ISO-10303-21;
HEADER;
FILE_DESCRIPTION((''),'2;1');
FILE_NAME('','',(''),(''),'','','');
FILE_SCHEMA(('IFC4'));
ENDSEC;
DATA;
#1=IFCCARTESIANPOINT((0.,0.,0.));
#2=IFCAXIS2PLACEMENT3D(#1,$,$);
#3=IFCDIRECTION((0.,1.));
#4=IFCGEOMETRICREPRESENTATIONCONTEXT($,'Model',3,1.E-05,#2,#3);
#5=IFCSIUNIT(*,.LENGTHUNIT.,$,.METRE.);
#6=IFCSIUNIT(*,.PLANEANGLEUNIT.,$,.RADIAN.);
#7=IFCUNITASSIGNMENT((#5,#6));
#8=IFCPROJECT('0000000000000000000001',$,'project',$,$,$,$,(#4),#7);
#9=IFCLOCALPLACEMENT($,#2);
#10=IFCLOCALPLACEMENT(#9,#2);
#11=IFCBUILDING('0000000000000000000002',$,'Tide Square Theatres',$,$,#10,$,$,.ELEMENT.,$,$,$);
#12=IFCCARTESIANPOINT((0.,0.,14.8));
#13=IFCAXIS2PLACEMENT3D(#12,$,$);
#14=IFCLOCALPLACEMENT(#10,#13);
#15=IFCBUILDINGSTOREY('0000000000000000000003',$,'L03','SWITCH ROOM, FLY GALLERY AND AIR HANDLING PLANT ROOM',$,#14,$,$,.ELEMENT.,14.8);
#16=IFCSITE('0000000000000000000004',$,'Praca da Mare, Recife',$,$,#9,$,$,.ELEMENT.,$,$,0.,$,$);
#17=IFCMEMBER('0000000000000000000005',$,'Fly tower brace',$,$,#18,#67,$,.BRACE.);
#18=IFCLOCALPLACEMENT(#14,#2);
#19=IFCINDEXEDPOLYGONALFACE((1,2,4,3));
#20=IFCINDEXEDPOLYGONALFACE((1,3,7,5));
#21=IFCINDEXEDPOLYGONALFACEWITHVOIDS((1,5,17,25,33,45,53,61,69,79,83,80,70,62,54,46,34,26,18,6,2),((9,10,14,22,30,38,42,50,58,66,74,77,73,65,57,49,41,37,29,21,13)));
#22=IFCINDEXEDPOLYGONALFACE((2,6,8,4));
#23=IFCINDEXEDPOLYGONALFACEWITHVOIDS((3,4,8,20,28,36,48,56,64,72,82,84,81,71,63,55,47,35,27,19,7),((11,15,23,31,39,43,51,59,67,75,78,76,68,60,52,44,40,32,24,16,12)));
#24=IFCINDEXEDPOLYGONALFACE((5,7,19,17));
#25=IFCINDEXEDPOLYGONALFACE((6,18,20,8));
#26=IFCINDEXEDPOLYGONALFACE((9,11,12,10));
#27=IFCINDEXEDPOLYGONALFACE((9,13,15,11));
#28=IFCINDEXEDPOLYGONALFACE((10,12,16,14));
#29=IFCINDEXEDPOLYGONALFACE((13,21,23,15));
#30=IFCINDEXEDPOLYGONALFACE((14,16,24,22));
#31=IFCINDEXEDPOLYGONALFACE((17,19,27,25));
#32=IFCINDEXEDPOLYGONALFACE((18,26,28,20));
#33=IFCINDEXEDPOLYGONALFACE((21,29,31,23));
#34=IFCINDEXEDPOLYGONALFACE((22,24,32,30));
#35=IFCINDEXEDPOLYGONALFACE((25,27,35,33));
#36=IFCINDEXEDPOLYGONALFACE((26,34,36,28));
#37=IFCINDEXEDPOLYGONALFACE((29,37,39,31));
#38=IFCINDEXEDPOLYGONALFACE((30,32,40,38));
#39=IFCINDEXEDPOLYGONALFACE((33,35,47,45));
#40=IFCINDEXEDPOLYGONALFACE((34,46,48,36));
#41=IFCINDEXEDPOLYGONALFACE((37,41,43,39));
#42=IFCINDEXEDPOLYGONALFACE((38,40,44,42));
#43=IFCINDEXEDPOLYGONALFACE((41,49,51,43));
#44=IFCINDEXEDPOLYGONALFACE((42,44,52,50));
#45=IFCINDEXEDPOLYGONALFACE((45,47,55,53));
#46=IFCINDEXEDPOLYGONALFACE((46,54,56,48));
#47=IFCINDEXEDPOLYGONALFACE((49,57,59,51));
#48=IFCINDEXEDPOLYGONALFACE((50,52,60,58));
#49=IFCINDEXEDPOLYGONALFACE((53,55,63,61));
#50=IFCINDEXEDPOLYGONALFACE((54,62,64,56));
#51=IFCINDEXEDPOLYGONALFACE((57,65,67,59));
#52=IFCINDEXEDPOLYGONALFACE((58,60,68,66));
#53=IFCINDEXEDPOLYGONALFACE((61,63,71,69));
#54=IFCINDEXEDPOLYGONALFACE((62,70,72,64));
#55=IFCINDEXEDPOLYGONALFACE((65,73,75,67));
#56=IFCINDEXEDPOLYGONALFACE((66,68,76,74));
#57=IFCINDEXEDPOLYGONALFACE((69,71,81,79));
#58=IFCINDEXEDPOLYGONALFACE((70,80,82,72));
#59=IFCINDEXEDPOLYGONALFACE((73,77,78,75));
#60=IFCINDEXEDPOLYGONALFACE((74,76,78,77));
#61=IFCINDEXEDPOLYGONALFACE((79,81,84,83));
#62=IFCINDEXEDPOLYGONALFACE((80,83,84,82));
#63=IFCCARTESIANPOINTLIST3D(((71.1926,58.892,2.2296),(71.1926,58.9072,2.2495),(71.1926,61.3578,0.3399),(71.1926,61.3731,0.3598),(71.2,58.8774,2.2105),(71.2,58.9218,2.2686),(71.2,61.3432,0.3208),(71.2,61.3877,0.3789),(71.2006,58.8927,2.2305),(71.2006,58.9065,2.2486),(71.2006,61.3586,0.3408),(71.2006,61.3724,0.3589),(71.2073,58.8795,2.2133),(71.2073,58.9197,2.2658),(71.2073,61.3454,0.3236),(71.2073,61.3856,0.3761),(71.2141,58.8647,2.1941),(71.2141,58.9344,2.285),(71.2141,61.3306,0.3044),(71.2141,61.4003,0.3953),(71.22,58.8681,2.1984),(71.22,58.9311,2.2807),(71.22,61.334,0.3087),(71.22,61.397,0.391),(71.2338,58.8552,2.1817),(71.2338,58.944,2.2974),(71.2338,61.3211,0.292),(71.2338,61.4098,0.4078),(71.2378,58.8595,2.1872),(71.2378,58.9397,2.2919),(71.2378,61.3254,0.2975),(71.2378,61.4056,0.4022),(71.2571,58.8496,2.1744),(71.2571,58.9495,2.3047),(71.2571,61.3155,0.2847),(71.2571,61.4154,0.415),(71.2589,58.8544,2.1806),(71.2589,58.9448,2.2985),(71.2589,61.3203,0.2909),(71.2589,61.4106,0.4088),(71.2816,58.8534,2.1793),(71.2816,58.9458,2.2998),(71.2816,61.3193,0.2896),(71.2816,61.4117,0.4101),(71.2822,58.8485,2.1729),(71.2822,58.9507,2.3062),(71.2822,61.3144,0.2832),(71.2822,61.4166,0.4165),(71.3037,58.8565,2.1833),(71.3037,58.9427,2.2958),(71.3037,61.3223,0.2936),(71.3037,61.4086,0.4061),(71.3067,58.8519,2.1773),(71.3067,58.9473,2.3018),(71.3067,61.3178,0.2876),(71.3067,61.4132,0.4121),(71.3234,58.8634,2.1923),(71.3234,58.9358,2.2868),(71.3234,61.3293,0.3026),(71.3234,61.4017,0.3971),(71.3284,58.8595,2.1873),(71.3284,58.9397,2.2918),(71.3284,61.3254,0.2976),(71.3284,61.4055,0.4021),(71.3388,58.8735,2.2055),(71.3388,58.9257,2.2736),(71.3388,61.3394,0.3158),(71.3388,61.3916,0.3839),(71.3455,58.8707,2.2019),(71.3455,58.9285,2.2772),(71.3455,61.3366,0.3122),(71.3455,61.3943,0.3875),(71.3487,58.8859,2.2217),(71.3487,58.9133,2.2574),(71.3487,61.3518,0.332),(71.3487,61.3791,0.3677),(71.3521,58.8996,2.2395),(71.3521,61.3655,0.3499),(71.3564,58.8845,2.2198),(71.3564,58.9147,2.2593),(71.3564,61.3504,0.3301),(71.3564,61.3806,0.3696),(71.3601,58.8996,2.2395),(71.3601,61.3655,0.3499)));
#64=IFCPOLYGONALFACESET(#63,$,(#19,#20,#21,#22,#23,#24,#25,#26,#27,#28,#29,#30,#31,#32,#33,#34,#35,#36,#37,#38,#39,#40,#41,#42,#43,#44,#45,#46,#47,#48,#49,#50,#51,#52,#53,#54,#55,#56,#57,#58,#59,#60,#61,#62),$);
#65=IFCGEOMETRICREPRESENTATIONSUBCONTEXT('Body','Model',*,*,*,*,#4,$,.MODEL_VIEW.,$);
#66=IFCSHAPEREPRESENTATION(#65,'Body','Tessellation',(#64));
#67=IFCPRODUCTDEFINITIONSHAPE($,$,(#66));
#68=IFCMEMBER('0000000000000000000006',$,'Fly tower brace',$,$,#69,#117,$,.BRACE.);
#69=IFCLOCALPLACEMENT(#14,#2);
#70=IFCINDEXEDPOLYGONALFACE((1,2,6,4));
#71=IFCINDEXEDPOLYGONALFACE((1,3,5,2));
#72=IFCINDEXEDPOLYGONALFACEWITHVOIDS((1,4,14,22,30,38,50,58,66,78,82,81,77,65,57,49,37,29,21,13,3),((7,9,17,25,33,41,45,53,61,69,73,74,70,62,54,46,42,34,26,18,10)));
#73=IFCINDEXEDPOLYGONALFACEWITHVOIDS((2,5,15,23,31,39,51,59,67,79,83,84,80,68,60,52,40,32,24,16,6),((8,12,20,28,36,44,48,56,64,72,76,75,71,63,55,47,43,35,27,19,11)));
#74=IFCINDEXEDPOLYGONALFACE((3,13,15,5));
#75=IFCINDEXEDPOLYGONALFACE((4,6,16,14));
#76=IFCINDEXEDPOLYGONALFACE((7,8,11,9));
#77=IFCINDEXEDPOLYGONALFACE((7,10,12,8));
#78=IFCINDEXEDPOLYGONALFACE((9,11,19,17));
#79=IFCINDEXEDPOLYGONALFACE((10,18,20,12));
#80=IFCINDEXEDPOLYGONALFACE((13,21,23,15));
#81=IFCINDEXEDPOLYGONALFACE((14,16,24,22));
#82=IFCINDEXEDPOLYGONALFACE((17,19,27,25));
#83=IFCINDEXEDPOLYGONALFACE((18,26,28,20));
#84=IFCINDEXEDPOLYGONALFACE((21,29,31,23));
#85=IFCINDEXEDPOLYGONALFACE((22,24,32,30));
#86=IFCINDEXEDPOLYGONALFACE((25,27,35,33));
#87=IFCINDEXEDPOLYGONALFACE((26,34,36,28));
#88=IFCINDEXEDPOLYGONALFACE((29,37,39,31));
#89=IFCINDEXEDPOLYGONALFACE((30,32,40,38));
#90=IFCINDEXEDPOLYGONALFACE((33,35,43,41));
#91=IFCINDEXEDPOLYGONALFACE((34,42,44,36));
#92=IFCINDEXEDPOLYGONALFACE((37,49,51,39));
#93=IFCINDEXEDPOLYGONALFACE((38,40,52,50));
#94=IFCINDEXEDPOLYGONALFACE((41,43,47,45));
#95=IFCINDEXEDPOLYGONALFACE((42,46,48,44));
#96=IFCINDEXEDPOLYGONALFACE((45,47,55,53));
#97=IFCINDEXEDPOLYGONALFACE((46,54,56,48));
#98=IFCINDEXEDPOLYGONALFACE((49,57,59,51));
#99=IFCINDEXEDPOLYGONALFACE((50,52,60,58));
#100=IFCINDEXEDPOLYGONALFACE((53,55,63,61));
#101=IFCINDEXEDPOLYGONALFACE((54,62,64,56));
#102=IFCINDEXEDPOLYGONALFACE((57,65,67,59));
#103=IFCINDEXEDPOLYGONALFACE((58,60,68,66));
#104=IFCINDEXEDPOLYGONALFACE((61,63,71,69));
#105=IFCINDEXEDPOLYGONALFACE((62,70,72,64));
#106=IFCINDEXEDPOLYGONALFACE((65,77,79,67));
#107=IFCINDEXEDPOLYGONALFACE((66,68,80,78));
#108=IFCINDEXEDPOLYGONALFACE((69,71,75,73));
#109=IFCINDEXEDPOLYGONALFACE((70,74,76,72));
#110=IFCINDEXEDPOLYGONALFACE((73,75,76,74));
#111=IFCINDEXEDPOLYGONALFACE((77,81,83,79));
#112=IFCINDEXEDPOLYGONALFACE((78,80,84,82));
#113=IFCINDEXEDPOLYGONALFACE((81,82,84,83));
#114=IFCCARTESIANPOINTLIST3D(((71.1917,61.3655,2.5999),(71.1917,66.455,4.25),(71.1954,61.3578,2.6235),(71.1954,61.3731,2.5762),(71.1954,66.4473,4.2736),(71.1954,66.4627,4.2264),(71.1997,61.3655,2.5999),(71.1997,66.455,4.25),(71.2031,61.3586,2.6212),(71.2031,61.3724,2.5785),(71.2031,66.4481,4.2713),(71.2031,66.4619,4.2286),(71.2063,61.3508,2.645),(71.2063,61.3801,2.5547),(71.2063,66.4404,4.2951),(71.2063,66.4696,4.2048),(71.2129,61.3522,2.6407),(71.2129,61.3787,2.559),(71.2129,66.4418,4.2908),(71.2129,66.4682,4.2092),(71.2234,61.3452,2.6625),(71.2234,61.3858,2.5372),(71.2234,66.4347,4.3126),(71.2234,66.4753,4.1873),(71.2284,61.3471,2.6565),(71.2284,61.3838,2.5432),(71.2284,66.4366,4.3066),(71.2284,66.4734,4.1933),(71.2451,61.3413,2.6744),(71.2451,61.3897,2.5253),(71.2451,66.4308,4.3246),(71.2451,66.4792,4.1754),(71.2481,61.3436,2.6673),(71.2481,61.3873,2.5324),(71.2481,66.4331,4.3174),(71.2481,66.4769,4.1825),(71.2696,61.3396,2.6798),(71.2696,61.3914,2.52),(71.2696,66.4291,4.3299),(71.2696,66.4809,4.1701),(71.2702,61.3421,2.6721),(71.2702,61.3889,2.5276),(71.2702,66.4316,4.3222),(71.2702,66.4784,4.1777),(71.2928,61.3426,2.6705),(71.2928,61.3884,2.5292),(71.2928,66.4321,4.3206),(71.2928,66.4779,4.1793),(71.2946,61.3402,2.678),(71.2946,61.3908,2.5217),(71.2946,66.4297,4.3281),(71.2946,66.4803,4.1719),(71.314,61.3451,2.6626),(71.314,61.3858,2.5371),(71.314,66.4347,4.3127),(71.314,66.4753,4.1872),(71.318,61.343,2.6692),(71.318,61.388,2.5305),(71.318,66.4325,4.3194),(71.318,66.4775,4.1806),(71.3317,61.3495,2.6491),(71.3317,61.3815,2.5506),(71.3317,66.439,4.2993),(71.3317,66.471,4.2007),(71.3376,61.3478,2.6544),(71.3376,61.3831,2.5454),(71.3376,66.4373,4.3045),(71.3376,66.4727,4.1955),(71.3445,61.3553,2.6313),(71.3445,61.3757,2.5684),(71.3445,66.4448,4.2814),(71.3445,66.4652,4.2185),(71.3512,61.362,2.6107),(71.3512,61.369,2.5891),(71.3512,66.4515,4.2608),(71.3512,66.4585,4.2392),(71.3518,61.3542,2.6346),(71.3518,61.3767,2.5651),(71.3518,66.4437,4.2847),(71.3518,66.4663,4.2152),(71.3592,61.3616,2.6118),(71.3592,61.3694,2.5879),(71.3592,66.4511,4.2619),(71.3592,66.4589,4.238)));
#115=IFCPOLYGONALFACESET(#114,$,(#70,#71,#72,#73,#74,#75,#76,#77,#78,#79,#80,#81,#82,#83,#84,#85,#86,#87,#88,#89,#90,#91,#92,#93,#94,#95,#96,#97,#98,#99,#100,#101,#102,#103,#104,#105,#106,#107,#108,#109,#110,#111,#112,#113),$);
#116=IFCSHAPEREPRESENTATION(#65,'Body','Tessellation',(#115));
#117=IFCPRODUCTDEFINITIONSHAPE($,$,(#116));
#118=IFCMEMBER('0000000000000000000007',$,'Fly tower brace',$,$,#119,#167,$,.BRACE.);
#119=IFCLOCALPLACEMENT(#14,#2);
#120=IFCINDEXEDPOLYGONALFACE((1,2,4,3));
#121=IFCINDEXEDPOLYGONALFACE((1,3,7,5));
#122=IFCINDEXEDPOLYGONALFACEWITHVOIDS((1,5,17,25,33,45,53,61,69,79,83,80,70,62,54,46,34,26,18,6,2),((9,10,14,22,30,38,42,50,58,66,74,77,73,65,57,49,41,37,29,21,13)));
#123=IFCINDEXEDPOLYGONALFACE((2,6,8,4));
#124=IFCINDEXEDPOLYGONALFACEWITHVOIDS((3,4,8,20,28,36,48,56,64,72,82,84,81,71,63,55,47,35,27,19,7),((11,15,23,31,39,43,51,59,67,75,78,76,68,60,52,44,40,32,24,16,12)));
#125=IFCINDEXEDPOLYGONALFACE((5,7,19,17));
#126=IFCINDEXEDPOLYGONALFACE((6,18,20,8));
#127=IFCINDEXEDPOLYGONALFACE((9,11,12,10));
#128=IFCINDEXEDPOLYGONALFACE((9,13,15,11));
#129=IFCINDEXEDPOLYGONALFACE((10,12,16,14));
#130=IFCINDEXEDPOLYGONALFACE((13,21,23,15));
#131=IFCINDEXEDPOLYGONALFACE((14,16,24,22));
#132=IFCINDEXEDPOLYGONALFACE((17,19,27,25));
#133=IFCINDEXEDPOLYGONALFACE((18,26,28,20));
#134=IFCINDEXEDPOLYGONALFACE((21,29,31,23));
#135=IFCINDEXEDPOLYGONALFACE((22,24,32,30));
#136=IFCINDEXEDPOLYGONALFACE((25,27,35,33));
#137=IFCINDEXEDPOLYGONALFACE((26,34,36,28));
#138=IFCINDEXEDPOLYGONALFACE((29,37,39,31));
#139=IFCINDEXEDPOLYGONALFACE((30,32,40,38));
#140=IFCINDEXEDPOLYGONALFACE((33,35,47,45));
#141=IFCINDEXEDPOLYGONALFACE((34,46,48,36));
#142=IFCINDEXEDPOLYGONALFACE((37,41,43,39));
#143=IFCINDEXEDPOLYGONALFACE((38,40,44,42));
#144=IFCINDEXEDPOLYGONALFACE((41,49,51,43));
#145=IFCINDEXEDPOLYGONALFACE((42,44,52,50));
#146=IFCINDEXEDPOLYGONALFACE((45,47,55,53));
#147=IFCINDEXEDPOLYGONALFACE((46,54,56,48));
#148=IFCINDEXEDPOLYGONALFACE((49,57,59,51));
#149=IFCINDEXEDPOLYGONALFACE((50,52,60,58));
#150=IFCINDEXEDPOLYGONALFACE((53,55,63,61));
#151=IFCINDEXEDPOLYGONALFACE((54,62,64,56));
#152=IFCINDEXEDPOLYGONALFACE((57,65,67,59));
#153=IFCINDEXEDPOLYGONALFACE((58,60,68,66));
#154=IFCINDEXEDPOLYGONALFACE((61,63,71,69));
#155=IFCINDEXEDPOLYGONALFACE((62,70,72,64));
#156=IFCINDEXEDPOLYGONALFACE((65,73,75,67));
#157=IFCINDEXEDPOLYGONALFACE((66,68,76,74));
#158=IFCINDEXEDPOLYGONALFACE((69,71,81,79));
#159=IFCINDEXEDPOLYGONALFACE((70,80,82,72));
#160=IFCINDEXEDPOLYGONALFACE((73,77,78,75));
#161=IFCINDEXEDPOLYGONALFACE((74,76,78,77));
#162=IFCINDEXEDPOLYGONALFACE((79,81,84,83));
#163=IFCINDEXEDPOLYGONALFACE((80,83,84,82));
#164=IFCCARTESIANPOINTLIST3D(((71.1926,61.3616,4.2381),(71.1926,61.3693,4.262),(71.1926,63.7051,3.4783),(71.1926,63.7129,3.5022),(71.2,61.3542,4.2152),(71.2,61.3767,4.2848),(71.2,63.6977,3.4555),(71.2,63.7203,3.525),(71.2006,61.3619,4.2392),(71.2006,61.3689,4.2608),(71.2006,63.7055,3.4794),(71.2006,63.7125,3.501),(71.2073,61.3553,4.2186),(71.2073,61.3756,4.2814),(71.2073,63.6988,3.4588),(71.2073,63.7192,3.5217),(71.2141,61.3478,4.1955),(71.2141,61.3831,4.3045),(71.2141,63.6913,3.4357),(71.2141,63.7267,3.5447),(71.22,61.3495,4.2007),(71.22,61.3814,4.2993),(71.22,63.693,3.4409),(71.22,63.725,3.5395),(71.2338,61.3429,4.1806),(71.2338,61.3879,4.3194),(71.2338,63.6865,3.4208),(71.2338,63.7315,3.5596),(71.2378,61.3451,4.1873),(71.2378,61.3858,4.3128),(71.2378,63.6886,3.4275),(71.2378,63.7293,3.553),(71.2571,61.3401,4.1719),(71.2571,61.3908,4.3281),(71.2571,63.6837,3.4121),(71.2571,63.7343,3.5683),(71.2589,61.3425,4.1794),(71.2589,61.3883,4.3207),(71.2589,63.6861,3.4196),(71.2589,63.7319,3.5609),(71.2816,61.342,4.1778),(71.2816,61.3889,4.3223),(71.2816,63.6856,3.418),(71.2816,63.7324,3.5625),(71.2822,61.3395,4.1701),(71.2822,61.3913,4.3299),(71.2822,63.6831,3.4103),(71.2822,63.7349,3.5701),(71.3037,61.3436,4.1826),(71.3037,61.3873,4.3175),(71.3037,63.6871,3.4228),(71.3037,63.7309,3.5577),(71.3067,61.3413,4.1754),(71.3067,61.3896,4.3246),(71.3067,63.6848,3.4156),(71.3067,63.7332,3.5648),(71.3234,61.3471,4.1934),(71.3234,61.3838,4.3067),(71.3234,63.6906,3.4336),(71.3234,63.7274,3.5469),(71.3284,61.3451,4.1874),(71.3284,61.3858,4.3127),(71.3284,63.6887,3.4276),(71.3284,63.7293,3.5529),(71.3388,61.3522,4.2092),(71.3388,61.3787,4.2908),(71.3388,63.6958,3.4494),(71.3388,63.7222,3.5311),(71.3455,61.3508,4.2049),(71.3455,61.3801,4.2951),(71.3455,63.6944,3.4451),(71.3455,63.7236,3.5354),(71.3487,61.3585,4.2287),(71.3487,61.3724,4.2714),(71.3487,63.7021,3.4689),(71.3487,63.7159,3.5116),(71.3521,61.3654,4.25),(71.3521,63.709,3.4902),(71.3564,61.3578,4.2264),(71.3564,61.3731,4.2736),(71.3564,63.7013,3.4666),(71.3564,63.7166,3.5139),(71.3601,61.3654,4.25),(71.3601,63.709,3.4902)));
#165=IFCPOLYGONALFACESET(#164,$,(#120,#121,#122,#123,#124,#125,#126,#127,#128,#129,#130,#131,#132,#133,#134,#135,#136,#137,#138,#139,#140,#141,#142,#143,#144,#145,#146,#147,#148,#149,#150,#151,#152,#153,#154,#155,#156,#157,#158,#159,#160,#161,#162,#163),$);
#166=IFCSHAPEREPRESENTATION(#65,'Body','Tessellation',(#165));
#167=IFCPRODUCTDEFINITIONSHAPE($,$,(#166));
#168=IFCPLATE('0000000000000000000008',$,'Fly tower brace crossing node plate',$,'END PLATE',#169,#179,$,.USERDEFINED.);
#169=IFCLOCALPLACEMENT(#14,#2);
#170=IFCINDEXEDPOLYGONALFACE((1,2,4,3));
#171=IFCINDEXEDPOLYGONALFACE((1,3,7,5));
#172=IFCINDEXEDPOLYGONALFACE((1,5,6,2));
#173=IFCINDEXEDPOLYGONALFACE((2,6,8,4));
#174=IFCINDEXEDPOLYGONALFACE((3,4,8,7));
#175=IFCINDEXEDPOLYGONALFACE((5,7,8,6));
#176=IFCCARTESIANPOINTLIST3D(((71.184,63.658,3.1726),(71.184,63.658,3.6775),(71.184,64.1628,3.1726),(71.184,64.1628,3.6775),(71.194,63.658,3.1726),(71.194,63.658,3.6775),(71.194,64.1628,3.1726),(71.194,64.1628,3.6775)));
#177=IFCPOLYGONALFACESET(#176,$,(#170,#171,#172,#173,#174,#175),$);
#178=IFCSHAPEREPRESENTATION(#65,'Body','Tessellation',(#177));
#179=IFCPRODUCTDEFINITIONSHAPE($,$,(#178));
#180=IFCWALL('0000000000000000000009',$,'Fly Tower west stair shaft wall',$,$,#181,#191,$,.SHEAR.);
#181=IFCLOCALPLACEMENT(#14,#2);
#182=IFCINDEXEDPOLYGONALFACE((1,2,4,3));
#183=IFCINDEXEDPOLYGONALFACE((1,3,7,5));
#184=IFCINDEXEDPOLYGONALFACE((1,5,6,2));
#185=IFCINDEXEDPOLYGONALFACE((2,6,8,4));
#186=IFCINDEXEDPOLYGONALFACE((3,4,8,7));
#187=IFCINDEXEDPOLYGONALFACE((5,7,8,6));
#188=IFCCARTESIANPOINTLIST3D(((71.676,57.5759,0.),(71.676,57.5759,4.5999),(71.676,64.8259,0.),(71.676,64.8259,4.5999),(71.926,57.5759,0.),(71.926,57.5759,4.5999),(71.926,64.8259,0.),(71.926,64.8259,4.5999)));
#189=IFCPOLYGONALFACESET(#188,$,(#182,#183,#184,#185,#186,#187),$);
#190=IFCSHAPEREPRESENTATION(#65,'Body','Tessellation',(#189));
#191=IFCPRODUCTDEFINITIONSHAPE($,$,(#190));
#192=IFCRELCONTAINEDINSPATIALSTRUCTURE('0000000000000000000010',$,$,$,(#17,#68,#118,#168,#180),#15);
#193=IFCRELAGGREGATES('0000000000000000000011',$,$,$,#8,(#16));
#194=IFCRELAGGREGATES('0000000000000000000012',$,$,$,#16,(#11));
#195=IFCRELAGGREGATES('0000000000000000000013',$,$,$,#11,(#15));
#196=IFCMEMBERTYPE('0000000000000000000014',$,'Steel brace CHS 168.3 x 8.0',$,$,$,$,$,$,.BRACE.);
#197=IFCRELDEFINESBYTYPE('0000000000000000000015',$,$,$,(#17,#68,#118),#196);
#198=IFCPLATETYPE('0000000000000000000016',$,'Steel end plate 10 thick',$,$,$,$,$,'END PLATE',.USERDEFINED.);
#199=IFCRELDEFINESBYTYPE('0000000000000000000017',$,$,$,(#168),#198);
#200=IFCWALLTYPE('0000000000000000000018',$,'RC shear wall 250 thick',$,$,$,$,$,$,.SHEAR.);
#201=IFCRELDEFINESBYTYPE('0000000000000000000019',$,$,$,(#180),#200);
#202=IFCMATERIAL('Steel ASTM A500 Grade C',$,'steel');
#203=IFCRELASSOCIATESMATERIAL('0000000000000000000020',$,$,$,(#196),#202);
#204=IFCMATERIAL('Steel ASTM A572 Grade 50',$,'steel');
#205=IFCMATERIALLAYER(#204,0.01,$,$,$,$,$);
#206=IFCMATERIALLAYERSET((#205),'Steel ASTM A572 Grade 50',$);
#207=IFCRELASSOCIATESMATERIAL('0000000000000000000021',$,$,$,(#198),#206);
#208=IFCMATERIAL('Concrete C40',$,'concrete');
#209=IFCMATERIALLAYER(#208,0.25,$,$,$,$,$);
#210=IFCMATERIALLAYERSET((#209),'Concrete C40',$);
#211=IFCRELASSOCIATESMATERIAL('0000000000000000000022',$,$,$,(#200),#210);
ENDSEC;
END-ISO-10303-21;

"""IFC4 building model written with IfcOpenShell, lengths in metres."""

from ifc_helpers import new_model, si_unit, direction, frame, frame_2d, origin, origin_2d, place, context, subcontext, project, spatial, rectangle, hollow_circle, extrude, material, layer, layer_set, material_profile, profile_set, type_object, element, save


model = new_model("IFC4")

# Units and contexts
model_context = context("Model", 3, precision=1e-05, world=origin(), true_north=direction((0.0, 1.0)))
body_context = subcontext(model_context, "Body", "Model", "MODEL_VIEW")
ifc_project = project(units=[si_unit("LENGTHUNIT", "METRE"), si_unit("PLANEANGLEUNIT", "RADIAN")], contexts=[model_context])

# Site, building, storey
site_placement = place(None, origin())
site = spatial("IfcSite", under=ifc_project, at=site_placement, Name="Praca da Mare, Recife", CompositionType="ELEMENT", RefElevation=0.0)
building_placement = place(site_placement, origin())
building = spatial("IfcBuilding", under=site, at=building_placement, Name="Tide Square Theatres", CompositionType="ELEMENT")
storey_placement = place(building_placement, frame((0.0, 0.0, 14.8)))
storey = spatial("IfcBuildingStorey", under=building, at=storey_placement, Name="L03", Description="SWITCH ROOM, FLY GALLERY AND AIR HANDLING PLANT ROOM", CompositionType="ELEMENT", Elevation=14.8)

# Members
ifc_material_1 = material(Name="Steel ASTM A500 Grade C", Category="steel")
ifc_material_profile_1 = material_profile(ifc_material_1, hollow_circle(Radius=0.0842, WallThickness=0.0081, at=origin_2d()))
ifc_profile_set_1 = profile_set([ifc_material_profile_1], Name="Steel ASTM A500 Grade C")
member_type = type_object("IfcMemberType", Name="Steel brace CHS 168.3 x 8.0", PredefinedType="BRACE", material=ifc_profile_set_1)
member_1_placement = place(storey_placement, frame((71.2759, 61.3655, 0.3499), z_axis=(0.0, -0.793733, 0.608267), x_axis=(1.0, 0.0, 0.0)))
element("IfcMember", 1, at=member_1_placement, inside=storey, type_object=member_type, Name="Fly tower brace", PredefinedType="BRACE", context=body_context, shape_type="SweptSolid", body=[
    extrude(hollow_circle(Radius=0.0842, WallThickness=0.0081, at=origin_2d()), origin(), (0.0, 0.0, 1.0), 3.1067),
])
member_2_placement = place(storey_placement, frame((71.2759, 61.3655, 2.5999), z_axis=(0.0, 0.951252, 0.308414), x_axis=(-1.0, 0.0, 0.0)))
element("IfcMember", 2, at=member_2_placement, inside=storey, type_object=member_type, Name="Fly tower brace", PredefinedType="BRACE", context=body_context, shape_type="SweptSolid", body=[
    extrude(hollow_circle(Radius=0.0842, WallThickness=0.0081, at=origin_2d()), origin(), (0.0, 0.0, 1.0), 5.3503),
])
member_3_placement = place(storey_placement, frame((71.2759, 63.709, 3.4902), z_axis=(0.0, -0.951257, 0.308398), x_axis=(1.0, 0.0, 0.0)))
element("IfcMember", 3, at=member_3_placement, inside=storey, type_object=member_type, Name="Fly tower brace", PredefinedType="BRACE", context=body_context, shape_type="SweptSolid", body=[
    extrude(hollow_circle(Radius=0.0842, WallThickness=0.0081, at=origin_2d()), origin(), (0.0, 0.0, 1.0), 2.4636),
])

# Plate
ifc_material_2 = material(Name="Steel ASTM A572 Grade 50", Category="steel")
ifc_layer_1 = layer(ifc_material_2, 0.01)
ifc_layer_set_1 = layer_set([ifc_layer_1], Name="Steel ASTM A572 Grade 50")
plate_type = type_object("IfcPlateType", Name="Steel end plate 10 thick", ElementType="END PLATE", PredefinedType="USERDEFINED", material=ifc_layer_set_1)
plate_placement = place(storey_placement, frame((71.189, 63.9104, 3.1726), z_axis=(0.0, 0.0, 1.0), x_axis=(-1.0, 0.0, 0.0)))
element("IfcPlate", 4, at=plate_placement, inside=storey, type_object=plate_type, Name="Fly tower brace crossing node plate", ObjectType="END PLATE", PredefinedType="USERDEFINED", context=body_context, shape_type="SweptSolid", body=[
    extrude(rectangle(XDim=0.01, YDim=0.5049, at=origin_2d()), origin(), (0.0, 0.0, 1.0), 0.5049),
])

# Wall
ifc_material_3 = material(Name="Concrete C40", Category="concrete")
ifc_layer_2 = layer(ifc_material_3, 0.25)
ifc_layer_set_2 = layer_set([ifc_layer_2], Name="Concrete C40")
wall_type = type_object("IfcWallType", Name="RC shear wall 250 thick", PredefinedType="SHEAR", material=ifc_layer_set_2)
wall_1_placement = place(storey_placement, frame((71.801, 64.8259, 0.0), z_axis=(0.0, 0.0, 1.0), x_axis=(0.0, -1.0, 0.0)))
element("IfcWall", 5, at=wall_1_placement, inside=storey, type_object=wall_type, Name="Fly Tower west stair shaft wall", PredefinedType="SHEAR", context=body_context, shape_type="SweptSolid", body=[
    extrude(rectangle(XDim=7.25, YDim=0.25, at=frame_2d((3.625, 0.0))), origin(), (0.0, 0.0, 1.0), 4.5999),
])

save(model, "model.ifc")
